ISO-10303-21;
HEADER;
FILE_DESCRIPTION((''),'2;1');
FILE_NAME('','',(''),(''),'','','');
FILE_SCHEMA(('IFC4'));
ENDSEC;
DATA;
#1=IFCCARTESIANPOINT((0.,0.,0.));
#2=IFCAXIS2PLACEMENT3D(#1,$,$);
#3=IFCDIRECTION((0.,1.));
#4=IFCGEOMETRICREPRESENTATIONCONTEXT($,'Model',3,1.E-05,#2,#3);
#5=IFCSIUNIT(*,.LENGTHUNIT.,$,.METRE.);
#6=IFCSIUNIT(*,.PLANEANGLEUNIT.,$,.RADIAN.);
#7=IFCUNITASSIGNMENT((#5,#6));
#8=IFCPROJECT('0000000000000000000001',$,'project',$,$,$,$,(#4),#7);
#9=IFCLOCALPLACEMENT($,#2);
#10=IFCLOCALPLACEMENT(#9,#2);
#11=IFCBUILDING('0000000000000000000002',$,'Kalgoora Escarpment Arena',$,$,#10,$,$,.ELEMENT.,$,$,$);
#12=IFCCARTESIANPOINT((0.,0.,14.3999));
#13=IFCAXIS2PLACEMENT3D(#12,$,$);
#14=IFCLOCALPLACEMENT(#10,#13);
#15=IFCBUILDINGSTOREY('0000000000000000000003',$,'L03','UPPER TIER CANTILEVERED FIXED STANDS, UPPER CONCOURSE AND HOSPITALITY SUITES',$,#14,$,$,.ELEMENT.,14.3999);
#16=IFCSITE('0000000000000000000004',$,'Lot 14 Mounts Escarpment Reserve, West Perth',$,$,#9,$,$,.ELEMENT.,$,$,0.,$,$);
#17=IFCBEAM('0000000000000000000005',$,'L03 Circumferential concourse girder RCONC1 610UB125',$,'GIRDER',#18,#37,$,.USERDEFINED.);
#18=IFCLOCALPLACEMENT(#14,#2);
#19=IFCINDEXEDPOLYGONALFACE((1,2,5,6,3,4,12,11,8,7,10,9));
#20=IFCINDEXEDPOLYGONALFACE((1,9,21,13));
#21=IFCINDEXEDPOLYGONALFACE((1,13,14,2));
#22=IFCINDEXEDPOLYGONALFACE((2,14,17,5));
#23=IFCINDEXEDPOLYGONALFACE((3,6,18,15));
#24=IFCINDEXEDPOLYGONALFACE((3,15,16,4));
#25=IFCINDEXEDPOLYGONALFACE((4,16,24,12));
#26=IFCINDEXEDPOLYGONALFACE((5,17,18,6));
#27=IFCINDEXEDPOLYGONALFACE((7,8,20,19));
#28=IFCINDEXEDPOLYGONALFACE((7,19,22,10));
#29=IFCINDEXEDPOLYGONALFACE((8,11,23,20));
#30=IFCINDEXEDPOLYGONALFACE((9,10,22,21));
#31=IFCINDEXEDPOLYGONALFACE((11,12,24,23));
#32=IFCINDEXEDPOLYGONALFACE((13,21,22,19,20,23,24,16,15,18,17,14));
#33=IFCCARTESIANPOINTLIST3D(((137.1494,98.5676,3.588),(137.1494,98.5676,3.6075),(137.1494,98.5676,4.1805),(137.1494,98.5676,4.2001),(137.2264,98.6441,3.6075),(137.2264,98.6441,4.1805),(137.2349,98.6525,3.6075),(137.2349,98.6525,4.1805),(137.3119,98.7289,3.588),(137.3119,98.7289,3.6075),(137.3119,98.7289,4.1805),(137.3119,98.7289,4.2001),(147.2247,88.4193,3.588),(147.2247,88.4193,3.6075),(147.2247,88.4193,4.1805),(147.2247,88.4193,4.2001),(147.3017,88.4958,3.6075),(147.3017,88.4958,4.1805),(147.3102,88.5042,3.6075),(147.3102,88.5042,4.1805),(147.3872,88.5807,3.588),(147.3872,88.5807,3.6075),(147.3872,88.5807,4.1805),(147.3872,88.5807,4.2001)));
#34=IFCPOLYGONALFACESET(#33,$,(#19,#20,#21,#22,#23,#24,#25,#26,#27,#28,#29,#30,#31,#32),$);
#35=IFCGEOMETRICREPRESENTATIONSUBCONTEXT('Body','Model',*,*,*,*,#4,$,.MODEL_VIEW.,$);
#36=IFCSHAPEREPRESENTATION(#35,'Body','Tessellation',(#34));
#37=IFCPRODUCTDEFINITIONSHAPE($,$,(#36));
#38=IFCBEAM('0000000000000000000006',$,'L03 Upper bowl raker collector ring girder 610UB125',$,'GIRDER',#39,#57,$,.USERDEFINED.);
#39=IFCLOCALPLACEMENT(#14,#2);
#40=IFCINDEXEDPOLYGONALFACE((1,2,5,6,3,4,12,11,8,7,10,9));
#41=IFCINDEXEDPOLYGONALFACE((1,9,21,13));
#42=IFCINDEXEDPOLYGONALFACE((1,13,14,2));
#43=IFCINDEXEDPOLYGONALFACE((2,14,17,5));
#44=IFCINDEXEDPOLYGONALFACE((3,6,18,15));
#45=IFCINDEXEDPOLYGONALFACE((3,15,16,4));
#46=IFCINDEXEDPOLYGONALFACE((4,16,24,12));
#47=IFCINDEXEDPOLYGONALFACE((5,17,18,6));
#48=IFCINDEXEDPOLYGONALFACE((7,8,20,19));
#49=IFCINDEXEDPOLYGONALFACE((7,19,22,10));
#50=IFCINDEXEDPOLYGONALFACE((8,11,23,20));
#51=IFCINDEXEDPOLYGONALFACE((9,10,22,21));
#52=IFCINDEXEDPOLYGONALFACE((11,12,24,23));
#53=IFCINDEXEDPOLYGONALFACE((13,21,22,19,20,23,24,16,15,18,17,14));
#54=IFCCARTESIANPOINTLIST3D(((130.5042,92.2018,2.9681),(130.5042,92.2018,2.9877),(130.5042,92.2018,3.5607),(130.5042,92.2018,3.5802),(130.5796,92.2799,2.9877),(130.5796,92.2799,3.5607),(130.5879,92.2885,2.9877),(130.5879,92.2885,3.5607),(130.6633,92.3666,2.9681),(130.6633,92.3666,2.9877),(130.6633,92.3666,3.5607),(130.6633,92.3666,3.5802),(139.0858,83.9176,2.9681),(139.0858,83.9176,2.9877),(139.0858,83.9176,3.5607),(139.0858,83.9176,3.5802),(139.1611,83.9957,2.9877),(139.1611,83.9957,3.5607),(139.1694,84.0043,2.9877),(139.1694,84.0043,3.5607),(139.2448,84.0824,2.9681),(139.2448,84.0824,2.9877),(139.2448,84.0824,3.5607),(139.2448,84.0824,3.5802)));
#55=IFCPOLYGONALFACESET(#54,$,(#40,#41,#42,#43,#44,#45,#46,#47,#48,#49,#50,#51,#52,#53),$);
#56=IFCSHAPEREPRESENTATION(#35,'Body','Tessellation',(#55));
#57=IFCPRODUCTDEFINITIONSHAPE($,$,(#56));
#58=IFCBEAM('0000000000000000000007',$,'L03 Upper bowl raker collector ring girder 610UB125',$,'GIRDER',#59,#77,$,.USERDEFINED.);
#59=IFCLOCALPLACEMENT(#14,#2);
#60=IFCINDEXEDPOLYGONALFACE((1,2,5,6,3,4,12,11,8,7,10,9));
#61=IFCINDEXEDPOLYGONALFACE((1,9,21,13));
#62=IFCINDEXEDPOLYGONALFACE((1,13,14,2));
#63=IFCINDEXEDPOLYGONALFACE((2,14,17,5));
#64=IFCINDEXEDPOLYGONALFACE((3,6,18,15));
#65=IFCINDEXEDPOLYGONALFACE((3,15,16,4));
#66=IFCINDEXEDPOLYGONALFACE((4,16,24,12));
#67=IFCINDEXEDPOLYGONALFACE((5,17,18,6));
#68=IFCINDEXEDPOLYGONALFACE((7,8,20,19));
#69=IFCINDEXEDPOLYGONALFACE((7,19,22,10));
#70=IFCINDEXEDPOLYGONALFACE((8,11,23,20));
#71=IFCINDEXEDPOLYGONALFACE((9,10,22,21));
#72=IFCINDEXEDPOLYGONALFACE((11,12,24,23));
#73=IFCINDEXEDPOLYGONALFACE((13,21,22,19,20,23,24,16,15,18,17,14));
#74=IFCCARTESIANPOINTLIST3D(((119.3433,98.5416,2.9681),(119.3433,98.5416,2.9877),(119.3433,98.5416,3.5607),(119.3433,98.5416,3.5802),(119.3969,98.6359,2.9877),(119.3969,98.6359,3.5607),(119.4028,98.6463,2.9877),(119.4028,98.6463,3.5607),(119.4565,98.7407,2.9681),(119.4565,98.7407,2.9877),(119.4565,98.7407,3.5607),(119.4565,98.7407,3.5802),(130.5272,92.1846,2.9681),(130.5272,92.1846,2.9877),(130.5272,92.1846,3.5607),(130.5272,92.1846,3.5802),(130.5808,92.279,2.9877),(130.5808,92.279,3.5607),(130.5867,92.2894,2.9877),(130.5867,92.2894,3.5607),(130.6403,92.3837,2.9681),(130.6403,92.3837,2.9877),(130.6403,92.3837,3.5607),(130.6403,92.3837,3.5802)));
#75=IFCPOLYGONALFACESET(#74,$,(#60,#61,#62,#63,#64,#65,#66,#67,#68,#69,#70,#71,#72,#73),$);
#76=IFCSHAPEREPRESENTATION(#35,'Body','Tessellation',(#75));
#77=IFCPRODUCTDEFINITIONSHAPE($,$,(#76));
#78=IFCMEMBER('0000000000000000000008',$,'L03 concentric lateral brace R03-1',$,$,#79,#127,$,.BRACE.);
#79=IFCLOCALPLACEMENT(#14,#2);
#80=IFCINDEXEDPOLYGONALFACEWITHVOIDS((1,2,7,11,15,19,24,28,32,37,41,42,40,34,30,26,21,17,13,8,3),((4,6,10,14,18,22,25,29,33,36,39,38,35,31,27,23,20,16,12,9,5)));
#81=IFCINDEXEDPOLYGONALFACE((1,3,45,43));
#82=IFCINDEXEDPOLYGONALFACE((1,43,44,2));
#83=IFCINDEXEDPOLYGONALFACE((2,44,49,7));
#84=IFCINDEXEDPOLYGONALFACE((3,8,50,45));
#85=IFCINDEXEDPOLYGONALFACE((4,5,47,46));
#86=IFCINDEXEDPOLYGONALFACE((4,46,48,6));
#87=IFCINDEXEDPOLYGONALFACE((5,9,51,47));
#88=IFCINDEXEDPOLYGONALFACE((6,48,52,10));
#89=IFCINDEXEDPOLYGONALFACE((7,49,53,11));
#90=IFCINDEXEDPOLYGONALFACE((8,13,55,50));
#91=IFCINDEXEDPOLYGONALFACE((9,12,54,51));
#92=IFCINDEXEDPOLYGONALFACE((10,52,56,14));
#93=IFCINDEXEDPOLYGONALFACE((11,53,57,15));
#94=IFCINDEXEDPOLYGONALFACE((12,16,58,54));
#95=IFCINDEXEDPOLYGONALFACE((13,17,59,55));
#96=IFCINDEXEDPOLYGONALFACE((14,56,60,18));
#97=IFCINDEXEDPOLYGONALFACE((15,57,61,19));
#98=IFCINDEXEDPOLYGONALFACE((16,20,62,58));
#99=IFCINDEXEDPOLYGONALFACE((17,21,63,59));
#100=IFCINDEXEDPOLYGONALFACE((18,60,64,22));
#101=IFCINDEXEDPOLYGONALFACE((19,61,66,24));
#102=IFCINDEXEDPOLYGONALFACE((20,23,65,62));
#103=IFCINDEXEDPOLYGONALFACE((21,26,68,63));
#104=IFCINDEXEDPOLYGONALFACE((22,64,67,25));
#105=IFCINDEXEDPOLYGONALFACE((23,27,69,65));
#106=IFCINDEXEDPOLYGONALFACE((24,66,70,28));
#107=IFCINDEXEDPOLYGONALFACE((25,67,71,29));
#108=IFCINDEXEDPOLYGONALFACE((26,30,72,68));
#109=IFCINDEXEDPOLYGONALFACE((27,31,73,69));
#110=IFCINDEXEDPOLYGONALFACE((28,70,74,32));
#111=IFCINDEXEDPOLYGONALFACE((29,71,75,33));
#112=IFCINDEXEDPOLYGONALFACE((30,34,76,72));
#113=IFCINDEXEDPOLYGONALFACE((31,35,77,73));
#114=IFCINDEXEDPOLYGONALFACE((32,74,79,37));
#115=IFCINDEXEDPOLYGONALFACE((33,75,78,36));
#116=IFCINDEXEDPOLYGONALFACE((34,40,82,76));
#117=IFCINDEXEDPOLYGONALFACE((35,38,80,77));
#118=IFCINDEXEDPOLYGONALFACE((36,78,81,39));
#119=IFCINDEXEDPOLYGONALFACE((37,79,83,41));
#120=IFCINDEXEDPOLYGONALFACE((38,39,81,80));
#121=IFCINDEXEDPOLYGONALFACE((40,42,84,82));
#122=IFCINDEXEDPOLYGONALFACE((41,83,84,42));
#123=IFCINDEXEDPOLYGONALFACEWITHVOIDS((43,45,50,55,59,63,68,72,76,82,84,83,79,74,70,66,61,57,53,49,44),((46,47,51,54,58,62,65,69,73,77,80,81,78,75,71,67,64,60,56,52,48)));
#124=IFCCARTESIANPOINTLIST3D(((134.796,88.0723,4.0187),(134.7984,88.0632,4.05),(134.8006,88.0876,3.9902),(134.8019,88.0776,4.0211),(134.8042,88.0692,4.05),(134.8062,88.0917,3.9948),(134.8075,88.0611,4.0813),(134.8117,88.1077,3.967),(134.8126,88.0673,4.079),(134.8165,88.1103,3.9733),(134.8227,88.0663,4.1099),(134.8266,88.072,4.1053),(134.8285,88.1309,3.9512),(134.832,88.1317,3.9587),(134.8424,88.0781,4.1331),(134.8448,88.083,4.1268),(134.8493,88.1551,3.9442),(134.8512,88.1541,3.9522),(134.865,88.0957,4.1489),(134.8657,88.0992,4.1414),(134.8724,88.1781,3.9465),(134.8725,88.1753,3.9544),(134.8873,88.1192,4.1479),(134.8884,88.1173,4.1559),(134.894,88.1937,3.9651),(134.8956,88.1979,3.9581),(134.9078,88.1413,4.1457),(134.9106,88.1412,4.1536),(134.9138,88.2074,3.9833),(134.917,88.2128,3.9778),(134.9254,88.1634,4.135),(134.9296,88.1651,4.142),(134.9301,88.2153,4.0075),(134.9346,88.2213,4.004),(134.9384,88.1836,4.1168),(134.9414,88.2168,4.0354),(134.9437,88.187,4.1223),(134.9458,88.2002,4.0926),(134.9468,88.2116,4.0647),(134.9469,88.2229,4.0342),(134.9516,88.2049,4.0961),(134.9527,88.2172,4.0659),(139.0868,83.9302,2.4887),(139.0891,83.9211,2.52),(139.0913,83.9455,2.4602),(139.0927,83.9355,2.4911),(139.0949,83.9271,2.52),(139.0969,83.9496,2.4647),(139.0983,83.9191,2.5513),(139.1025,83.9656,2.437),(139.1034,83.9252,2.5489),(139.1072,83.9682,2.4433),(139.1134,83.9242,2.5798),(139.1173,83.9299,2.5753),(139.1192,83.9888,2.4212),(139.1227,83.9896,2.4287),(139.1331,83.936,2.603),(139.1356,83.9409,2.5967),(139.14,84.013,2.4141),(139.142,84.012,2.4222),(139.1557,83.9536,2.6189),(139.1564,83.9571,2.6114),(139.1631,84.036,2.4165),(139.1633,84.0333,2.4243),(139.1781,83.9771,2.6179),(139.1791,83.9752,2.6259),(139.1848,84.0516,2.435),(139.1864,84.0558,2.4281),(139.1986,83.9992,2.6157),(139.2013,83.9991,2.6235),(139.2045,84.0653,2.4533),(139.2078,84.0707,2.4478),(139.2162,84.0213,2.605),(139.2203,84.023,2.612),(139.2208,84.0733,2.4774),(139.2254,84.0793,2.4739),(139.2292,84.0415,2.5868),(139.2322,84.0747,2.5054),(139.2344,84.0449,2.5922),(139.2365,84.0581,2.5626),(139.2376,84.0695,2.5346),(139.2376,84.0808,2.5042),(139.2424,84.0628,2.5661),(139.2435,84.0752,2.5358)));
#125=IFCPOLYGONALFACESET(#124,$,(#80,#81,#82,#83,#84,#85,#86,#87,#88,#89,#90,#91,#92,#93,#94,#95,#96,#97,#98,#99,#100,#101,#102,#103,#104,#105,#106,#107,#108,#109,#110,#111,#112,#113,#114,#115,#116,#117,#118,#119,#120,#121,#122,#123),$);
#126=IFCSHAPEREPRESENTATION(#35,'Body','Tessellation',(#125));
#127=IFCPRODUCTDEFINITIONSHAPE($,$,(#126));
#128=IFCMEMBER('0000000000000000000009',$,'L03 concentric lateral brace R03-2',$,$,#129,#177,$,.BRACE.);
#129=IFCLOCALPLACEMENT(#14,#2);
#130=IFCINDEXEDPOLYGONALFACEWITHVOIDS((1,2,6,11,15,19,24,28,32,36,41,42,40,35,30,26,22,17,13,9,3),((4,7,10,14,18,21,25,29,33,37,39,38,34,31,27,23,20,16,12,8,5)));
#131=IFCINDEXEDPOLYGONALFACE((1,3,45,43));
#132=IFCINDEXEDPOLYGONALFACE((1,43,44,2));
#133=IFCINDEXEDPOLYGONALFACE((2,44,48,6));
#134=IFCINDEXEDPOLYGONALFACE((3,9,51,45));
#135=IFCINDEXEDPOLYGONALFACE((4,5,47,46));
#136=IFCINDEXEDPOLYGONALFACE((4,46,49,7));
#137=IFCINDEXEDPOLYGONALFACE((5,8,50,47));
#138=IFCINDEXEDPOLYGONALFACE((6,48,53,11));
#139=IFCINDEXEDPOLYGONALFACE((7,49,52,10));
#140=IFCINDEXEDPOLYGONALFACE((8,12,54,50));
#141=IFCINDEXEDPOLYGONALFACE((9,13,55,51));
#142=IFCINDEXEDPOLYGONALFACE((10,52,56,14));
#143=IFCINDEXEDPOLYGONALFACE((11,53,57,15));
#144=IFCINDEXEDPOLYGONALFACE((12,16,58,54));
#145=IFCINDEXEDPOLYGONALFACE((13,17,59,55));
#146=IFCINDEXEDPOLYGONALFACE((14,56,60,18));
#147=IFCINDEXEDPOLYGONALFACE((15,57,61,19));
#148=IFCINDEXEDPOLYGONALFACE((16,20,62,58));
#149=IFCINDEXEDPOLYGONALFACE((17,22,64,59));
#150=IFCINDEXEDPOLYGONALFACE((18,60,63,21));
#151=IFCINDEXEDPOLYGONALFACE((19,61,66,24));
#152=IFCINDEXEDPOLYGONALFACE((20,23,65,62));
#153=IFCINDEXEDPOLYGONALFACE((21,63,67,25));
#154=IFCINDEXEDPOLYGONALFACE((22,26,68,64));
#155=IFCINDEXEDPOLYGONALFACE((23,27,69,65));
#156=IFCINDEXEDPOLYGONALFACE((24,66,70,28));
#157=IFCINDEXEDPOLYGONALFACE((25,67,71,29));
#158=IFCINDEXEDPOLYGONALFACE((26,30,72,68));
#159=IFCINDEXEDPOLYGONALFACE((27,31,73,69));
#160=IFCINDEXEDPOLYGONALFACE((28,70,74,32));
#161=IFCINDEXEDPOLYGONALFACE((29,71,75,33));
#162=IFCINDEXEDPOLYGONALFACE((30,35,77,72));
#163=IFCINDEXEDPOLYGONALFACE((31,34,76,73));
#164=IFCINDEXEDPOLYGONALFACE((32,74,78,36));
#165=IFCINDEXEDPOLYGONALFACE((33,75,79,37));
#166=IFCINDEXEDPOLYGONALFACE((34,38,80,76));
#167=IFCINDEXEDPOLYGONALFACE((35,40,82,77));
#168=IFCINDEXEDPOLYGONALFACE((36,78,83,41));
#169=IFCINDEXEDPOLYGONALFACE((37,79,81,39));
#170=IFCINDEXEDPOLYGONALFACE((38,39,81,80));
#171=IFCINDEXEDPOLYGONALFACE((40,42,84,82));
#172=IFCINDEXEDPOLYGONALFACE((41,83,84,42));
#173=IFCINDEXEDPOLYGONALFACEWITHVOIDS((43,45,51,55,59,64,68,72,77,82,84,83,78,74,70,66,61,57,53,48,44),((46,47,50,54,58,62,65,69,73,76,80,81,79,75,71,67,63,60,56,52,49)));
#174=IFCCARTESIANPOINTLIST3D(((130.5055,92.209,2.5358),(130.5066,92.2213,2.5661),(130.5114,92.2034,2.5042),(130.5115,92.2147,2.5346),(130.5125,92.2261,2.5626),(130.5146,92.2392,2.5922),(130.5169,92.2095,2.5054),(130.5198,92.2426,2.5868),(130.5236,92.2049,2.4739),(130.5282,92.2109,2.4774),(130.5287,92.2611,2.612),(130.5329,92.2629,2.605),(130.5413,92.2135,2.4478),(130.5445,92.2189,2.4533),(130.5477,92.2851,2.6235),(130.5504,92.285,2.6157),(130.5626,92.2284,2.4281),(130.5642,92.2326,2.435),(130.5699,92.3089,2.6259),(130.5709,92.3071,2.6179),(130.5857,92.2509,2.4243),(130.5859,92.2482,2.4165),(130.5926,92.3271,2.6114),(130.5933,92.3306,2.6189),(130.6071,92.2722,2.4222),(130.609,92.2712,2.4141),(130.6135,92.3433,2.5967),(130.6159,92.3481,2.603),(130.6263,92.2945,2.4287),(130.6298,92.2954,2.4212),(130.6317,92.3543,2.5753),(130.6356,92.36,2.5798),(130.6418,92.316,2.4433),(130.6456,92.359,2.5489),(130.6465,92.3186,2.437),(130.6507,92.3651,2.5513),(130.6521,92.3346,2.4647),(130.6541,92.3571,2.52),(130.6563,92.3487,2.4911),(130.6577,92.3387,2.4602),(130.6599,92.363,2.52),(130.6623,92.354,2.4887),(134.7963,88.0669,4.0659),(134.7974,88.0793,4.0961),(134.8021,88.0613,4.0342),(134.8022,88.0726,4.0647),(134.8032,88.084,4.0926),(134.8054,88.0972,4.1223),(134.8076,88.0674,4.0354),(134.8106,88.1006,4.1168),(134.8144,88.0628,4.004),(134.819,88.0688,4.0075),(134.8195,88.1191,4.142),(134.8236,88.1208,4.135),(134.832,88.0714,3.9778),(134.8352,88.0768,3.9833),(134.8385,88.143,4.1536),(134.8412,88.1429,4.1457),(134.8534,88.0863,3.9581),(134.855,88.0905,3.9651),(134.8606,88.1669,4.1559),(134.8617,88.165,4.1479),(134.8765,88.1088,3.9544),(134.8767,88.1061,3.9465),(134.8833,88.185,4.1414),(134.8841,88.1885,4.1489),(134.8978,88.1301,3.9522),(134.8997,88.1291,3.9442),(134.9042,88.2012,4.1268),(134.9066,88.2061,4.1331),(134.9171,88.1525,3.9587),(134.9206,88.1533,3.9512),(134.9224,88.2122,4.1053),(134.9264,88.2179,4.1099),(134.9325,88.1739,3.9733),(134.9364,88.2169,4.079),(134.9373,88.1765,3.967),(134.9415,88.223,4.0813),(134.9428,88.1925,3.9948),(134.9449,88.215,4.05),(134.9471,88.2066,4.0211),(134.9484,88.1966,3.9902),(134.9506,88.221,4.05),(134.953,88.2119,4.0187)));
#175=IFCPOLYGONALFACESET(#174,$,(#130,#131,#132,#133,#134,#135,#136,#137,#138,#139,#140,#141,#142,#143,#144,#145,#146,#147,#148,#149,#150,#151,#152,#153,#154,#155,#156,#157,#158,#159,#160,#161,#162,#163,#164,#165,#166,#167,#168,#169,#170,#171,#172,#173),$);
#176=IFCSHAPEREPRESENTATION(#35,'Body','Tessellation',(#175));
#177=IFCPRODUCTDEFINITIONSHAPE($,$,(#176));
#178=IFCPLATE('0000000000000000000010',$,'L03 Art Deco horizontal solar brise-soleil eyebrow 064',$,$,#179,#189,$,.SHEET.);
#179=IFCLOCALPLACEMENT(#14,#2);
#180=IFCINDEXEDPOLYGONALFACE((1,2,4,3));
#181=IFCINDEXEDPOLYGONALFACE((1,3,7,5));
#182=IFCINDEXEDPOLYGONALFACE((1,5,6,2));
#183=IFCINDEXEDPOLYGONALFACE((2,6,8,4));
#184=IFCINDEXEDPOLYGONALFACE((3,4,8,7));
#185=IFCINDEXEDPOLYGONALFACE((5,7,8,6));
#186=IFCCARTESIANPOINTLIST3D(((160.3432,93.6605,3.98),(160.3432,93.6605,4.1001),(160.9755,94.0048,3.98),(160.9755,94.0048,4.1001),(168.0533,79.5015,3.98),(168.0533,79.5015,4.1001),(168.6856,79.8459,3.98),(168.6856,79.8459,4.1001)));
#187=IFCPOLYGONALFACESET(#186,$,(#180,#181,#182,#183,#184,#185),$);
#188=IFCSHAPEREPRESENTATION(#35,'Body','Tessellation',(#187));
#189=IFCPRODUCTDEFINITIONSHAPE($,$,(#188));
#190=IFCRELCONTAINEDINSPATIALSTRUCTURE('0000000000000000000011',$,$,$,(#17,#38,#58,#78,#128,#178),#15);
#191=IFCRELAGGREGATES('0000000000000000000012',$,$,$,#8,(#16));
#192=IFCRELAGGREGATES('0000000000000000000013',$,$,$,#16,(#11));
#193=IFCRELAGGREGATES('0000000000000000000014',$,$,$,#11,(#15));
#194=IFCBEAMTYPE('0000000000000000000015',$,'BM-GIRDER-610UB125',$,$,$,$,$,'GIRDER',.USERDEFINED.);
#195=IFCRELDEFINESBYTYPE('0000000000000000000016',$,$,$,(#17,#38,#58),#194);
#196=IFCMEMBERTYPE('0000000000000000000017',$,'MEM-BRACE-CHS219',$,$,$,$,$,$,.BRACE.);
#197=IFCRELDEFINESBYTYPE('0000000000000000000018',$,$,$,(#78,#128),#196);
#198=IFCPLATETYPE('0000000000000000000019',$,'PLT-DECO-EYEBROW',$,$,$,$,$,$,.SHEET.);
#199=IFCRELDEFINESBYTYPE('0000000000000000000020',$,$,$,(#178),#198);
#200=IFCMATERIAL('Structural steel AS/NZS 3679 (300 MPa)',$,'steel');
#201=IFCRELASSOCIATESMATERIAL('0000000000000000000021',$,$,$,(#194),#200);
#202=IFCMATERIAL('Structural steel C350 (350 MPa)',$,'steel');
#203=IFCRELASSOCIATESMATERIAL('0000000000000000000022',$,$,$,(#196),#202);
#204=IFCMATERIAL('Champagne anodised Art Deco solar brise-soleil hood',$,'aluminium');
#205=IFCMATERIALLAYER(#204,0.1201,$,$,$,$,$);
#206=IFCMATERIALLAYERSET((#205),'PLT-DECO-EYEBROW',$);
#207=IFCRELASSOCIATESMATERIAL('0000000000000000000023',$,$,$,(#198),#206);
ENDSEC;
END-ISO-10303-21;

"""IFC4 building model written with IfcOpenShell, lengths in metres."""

from ifc_helpers import new_model, si_unit, direction, frame, origin, origin_2d, place, context, subcontext, project, spatial, rectangle, hollow_circle, i_section, extrude, material, layer, layer_set, material_profile, profile_set, type_object, element, save


model = new_model("IFC4")

# Units and contexts
model_context = context("Model", 3, precision=1e-05, world=origin(), true_north=direction((0.0, 1.0)))
body_context = subcontext(model_context, "Body", "Model", "MODEL_VIEW")
ifc_project = project(units=[si_unit("LENGTHUNIT", "METRE"), si_unit("PLANEANGLEUNIT", "RADIAN")], contexts=[model_context])

# Site, building, storey
site_placement = place(None, origin())
site = spatial("IfcSite", under=ifc_project, at=site_placement, Name="Lot 14 Mounts Escarpment Reserve, West Perth", CompositionType="ELEMENT", RefElevation=0.0)
building_placement = place(site_placement, origin())
building = spatial("IfcBuilding", under=site, at=building_placement, Name="Kalgoora Escarpment Arena", CompositionType="ELEMENT")
storey_placement = place(building_placement, frame((0.0, 0.0, 14.3999)))
storey = spatial("IfcBuildingStorey", under=building, at=storey_placement, Name="L03", Description="UPPER TIER CANTILEVERED FIXED STANDS, UPPER CONCOURSE AND HOSPITALITY SUITES", CompositionType="ELEMENT", Elevation=14.3999)

# Beams
ifc_material_1 = material(Name="Structural steel AS/NZS 3679 (300 MPa)", Category="steel")
ifc_material_profile_1 = material_profile(ifc_material_1, i_section(OverallWidth=0.229, OverallDepth=0.6121, WebThickness=0.012, FlangeThickness=0.0195, at=origin_2d()))
ifc_profile_set_1 = profile_set([ifc_material_profile_1], Name="Structural steel AS/NZS 3679 (300 MPa)")
beam_type_1 = type_object("IfcBeamType", Name="BM-GIRDER-610UB125", ElementType="GIRDER", PredefinedType="USERDEFINED", material=ifc_profile_set_1)
beam_1_placement = place(storey_placement, frame((147.3059, 88.5, 3.894), z_axis=(-0.70455, 0.709655, 0.0), x_axis=(-0.709655, -0.70455, 0.0)))
element("IfcBeam", 1, at=beam_1_placement, inside=storey, type_object=beam_type_1, Name="L03 Circumferential concourse girder RCONC1 610UB125", ObjectType="GIRDER", PredefinedType="USERDEFINED", context=body_context, shape_type="SweptSolid", body=[
    extrude(i_section(OverallWidth=0.229, OverallDepth=0.6121, WebThickness=0.012, FlangeThickness=0.0195, at=origin_2d()), origin(), (0.0, 0.0, 1.0), 14.3003),
])
beam_2_placement = place(storey_placement, frame((139.1653, 84.0, 3.2742), z_axis=(-0.719462, 0.694532, 0.0), x_axis=(-0.694532, -0.719462, 0.0)))
element("IfcBeam", 2, at=beam_2_placement, inside=storey, type_object=beam_type_1, Name="L03 Upper bowl raker collector ring girder 610UB125", ObjectType="GIRDER", PredefinedType="USERDEFINED", context=body_context, shape_type="SweptSolid", body=[
    extrude(i_section(OverallWidth=0.229, OverallDepth=0.6121, WebThickness=0.012, FlangeThickness=0.0195, at=origin_2d()), origin(), (0.0, 0.0, 1.0), 11.9277),
])
beam_3_placement = place(storey_placement, frame((130.5837, 92.2842, 3.2742), z_axis=(-0.869374, 0.494155, 0.0), x_axis=(-0.494155, -0.869374, 0.0)))
element("IfcBeam", 3, at=beam_3_placement, inside=storey, type_object=beam_type_1, Name="L03 Upper bowl raker collector ring girder 610UB125", ObjectType="GIRDER", PredefinedType="USERDEFINED", context=body_context, shape_type="SweptSolid", body=[
    extrude(i_section(OverallWidth=0.229, OverallDepth=0.6121, WebThickness=0.012, FlangeThickness=0.0195, at=origin_2d()), origin(), (0.0, 0.0, 1.0), 12.8643),
])

# Members
ifc_material_2 = material(Name="Structural steel C350 (350 MPa)", Category="steel")
ifc_material_profile_2 = material_profile(ifc_material_2, hollow_circle(Radius=0.1096, WallThickness=0.0083, at=origin_2d()))
ifc_profile_set_2 = profile_set([ifc_material_profile_2], Name="Structural steel C350 (350 MPa)")
member_type = type_object("IfcMemberType", Name="MEM-BRACE-CHS219", PredefinedType="BRACE", material=ifc_profile_set_2)
for number, where, z_axis, x_axis, name in (
    (4, (139.1653, 84.0, 2.52), (-0.696893, 0.672745, 0.248503), (-0.694532, -0.719462, 0.0), "L03 concentric lateral brace R03-1"),
    (5, (130.5837, 92.2842, 2.52), (0.696893, -0.672745, 0.248503), (0.694532, 0.719462, 0.0), "L03 concentric lateral brace R03-2"),
):
    element("IfcMember", number, at=place(storey_placement, frame(where, z_axis=z_axis, x_axis=x_axis)), inside=storey, type_object=member_type, Name=name, PredefinedType="BRACE", context=body_context, shape_type="SweptSolid", body=[
        extrude(hollow_circle(Radius=0.1096, WallThickness=0.0083, at=origin_2d()), origin(), (0.0, 0.0, 1.0), 6.157),
    ])

# Plate
ifc_material_3 = material(Name="Champagne anodised Art Deco solar brise-soleil hood", Category="aluminium")
ifc_layer_1 = layer(ifc_material_3, 0.1201)
ifc_layer_set_1 = layer_set([ifc_layer_1], Name="PLT-DECO-EYEBROW")
plate_type_1 = type_object("IfcPlateType", Name="PLT-DECO-EYEBROW", PredefinedType="SHEET", material=ifc_layer_set_1)
plate_1_placement = place(storey_placement, frame((164.5144, 86.7532, 3.98), z_axis=(0.0, 0.0, 1.0), x_axis=(0.478232, -0.878233, 0.0)))
element("IfcPlate", 6, at=plate_1_placement, inside=storey, type_object=plate_type_1, Name="L03 Art Deco horizontal solar brise-soleil eyebrow 064", PredefinedType="SHEET", context=body_context, shape_type="SweptSolid", body=[
    extrude(rectangle(XDim=16.1221, YDim=0.72, at=origin_2d()), origin(), (0.0, 0.0, 1.0), 0.1201),
])

save(model, "model.ifc")
